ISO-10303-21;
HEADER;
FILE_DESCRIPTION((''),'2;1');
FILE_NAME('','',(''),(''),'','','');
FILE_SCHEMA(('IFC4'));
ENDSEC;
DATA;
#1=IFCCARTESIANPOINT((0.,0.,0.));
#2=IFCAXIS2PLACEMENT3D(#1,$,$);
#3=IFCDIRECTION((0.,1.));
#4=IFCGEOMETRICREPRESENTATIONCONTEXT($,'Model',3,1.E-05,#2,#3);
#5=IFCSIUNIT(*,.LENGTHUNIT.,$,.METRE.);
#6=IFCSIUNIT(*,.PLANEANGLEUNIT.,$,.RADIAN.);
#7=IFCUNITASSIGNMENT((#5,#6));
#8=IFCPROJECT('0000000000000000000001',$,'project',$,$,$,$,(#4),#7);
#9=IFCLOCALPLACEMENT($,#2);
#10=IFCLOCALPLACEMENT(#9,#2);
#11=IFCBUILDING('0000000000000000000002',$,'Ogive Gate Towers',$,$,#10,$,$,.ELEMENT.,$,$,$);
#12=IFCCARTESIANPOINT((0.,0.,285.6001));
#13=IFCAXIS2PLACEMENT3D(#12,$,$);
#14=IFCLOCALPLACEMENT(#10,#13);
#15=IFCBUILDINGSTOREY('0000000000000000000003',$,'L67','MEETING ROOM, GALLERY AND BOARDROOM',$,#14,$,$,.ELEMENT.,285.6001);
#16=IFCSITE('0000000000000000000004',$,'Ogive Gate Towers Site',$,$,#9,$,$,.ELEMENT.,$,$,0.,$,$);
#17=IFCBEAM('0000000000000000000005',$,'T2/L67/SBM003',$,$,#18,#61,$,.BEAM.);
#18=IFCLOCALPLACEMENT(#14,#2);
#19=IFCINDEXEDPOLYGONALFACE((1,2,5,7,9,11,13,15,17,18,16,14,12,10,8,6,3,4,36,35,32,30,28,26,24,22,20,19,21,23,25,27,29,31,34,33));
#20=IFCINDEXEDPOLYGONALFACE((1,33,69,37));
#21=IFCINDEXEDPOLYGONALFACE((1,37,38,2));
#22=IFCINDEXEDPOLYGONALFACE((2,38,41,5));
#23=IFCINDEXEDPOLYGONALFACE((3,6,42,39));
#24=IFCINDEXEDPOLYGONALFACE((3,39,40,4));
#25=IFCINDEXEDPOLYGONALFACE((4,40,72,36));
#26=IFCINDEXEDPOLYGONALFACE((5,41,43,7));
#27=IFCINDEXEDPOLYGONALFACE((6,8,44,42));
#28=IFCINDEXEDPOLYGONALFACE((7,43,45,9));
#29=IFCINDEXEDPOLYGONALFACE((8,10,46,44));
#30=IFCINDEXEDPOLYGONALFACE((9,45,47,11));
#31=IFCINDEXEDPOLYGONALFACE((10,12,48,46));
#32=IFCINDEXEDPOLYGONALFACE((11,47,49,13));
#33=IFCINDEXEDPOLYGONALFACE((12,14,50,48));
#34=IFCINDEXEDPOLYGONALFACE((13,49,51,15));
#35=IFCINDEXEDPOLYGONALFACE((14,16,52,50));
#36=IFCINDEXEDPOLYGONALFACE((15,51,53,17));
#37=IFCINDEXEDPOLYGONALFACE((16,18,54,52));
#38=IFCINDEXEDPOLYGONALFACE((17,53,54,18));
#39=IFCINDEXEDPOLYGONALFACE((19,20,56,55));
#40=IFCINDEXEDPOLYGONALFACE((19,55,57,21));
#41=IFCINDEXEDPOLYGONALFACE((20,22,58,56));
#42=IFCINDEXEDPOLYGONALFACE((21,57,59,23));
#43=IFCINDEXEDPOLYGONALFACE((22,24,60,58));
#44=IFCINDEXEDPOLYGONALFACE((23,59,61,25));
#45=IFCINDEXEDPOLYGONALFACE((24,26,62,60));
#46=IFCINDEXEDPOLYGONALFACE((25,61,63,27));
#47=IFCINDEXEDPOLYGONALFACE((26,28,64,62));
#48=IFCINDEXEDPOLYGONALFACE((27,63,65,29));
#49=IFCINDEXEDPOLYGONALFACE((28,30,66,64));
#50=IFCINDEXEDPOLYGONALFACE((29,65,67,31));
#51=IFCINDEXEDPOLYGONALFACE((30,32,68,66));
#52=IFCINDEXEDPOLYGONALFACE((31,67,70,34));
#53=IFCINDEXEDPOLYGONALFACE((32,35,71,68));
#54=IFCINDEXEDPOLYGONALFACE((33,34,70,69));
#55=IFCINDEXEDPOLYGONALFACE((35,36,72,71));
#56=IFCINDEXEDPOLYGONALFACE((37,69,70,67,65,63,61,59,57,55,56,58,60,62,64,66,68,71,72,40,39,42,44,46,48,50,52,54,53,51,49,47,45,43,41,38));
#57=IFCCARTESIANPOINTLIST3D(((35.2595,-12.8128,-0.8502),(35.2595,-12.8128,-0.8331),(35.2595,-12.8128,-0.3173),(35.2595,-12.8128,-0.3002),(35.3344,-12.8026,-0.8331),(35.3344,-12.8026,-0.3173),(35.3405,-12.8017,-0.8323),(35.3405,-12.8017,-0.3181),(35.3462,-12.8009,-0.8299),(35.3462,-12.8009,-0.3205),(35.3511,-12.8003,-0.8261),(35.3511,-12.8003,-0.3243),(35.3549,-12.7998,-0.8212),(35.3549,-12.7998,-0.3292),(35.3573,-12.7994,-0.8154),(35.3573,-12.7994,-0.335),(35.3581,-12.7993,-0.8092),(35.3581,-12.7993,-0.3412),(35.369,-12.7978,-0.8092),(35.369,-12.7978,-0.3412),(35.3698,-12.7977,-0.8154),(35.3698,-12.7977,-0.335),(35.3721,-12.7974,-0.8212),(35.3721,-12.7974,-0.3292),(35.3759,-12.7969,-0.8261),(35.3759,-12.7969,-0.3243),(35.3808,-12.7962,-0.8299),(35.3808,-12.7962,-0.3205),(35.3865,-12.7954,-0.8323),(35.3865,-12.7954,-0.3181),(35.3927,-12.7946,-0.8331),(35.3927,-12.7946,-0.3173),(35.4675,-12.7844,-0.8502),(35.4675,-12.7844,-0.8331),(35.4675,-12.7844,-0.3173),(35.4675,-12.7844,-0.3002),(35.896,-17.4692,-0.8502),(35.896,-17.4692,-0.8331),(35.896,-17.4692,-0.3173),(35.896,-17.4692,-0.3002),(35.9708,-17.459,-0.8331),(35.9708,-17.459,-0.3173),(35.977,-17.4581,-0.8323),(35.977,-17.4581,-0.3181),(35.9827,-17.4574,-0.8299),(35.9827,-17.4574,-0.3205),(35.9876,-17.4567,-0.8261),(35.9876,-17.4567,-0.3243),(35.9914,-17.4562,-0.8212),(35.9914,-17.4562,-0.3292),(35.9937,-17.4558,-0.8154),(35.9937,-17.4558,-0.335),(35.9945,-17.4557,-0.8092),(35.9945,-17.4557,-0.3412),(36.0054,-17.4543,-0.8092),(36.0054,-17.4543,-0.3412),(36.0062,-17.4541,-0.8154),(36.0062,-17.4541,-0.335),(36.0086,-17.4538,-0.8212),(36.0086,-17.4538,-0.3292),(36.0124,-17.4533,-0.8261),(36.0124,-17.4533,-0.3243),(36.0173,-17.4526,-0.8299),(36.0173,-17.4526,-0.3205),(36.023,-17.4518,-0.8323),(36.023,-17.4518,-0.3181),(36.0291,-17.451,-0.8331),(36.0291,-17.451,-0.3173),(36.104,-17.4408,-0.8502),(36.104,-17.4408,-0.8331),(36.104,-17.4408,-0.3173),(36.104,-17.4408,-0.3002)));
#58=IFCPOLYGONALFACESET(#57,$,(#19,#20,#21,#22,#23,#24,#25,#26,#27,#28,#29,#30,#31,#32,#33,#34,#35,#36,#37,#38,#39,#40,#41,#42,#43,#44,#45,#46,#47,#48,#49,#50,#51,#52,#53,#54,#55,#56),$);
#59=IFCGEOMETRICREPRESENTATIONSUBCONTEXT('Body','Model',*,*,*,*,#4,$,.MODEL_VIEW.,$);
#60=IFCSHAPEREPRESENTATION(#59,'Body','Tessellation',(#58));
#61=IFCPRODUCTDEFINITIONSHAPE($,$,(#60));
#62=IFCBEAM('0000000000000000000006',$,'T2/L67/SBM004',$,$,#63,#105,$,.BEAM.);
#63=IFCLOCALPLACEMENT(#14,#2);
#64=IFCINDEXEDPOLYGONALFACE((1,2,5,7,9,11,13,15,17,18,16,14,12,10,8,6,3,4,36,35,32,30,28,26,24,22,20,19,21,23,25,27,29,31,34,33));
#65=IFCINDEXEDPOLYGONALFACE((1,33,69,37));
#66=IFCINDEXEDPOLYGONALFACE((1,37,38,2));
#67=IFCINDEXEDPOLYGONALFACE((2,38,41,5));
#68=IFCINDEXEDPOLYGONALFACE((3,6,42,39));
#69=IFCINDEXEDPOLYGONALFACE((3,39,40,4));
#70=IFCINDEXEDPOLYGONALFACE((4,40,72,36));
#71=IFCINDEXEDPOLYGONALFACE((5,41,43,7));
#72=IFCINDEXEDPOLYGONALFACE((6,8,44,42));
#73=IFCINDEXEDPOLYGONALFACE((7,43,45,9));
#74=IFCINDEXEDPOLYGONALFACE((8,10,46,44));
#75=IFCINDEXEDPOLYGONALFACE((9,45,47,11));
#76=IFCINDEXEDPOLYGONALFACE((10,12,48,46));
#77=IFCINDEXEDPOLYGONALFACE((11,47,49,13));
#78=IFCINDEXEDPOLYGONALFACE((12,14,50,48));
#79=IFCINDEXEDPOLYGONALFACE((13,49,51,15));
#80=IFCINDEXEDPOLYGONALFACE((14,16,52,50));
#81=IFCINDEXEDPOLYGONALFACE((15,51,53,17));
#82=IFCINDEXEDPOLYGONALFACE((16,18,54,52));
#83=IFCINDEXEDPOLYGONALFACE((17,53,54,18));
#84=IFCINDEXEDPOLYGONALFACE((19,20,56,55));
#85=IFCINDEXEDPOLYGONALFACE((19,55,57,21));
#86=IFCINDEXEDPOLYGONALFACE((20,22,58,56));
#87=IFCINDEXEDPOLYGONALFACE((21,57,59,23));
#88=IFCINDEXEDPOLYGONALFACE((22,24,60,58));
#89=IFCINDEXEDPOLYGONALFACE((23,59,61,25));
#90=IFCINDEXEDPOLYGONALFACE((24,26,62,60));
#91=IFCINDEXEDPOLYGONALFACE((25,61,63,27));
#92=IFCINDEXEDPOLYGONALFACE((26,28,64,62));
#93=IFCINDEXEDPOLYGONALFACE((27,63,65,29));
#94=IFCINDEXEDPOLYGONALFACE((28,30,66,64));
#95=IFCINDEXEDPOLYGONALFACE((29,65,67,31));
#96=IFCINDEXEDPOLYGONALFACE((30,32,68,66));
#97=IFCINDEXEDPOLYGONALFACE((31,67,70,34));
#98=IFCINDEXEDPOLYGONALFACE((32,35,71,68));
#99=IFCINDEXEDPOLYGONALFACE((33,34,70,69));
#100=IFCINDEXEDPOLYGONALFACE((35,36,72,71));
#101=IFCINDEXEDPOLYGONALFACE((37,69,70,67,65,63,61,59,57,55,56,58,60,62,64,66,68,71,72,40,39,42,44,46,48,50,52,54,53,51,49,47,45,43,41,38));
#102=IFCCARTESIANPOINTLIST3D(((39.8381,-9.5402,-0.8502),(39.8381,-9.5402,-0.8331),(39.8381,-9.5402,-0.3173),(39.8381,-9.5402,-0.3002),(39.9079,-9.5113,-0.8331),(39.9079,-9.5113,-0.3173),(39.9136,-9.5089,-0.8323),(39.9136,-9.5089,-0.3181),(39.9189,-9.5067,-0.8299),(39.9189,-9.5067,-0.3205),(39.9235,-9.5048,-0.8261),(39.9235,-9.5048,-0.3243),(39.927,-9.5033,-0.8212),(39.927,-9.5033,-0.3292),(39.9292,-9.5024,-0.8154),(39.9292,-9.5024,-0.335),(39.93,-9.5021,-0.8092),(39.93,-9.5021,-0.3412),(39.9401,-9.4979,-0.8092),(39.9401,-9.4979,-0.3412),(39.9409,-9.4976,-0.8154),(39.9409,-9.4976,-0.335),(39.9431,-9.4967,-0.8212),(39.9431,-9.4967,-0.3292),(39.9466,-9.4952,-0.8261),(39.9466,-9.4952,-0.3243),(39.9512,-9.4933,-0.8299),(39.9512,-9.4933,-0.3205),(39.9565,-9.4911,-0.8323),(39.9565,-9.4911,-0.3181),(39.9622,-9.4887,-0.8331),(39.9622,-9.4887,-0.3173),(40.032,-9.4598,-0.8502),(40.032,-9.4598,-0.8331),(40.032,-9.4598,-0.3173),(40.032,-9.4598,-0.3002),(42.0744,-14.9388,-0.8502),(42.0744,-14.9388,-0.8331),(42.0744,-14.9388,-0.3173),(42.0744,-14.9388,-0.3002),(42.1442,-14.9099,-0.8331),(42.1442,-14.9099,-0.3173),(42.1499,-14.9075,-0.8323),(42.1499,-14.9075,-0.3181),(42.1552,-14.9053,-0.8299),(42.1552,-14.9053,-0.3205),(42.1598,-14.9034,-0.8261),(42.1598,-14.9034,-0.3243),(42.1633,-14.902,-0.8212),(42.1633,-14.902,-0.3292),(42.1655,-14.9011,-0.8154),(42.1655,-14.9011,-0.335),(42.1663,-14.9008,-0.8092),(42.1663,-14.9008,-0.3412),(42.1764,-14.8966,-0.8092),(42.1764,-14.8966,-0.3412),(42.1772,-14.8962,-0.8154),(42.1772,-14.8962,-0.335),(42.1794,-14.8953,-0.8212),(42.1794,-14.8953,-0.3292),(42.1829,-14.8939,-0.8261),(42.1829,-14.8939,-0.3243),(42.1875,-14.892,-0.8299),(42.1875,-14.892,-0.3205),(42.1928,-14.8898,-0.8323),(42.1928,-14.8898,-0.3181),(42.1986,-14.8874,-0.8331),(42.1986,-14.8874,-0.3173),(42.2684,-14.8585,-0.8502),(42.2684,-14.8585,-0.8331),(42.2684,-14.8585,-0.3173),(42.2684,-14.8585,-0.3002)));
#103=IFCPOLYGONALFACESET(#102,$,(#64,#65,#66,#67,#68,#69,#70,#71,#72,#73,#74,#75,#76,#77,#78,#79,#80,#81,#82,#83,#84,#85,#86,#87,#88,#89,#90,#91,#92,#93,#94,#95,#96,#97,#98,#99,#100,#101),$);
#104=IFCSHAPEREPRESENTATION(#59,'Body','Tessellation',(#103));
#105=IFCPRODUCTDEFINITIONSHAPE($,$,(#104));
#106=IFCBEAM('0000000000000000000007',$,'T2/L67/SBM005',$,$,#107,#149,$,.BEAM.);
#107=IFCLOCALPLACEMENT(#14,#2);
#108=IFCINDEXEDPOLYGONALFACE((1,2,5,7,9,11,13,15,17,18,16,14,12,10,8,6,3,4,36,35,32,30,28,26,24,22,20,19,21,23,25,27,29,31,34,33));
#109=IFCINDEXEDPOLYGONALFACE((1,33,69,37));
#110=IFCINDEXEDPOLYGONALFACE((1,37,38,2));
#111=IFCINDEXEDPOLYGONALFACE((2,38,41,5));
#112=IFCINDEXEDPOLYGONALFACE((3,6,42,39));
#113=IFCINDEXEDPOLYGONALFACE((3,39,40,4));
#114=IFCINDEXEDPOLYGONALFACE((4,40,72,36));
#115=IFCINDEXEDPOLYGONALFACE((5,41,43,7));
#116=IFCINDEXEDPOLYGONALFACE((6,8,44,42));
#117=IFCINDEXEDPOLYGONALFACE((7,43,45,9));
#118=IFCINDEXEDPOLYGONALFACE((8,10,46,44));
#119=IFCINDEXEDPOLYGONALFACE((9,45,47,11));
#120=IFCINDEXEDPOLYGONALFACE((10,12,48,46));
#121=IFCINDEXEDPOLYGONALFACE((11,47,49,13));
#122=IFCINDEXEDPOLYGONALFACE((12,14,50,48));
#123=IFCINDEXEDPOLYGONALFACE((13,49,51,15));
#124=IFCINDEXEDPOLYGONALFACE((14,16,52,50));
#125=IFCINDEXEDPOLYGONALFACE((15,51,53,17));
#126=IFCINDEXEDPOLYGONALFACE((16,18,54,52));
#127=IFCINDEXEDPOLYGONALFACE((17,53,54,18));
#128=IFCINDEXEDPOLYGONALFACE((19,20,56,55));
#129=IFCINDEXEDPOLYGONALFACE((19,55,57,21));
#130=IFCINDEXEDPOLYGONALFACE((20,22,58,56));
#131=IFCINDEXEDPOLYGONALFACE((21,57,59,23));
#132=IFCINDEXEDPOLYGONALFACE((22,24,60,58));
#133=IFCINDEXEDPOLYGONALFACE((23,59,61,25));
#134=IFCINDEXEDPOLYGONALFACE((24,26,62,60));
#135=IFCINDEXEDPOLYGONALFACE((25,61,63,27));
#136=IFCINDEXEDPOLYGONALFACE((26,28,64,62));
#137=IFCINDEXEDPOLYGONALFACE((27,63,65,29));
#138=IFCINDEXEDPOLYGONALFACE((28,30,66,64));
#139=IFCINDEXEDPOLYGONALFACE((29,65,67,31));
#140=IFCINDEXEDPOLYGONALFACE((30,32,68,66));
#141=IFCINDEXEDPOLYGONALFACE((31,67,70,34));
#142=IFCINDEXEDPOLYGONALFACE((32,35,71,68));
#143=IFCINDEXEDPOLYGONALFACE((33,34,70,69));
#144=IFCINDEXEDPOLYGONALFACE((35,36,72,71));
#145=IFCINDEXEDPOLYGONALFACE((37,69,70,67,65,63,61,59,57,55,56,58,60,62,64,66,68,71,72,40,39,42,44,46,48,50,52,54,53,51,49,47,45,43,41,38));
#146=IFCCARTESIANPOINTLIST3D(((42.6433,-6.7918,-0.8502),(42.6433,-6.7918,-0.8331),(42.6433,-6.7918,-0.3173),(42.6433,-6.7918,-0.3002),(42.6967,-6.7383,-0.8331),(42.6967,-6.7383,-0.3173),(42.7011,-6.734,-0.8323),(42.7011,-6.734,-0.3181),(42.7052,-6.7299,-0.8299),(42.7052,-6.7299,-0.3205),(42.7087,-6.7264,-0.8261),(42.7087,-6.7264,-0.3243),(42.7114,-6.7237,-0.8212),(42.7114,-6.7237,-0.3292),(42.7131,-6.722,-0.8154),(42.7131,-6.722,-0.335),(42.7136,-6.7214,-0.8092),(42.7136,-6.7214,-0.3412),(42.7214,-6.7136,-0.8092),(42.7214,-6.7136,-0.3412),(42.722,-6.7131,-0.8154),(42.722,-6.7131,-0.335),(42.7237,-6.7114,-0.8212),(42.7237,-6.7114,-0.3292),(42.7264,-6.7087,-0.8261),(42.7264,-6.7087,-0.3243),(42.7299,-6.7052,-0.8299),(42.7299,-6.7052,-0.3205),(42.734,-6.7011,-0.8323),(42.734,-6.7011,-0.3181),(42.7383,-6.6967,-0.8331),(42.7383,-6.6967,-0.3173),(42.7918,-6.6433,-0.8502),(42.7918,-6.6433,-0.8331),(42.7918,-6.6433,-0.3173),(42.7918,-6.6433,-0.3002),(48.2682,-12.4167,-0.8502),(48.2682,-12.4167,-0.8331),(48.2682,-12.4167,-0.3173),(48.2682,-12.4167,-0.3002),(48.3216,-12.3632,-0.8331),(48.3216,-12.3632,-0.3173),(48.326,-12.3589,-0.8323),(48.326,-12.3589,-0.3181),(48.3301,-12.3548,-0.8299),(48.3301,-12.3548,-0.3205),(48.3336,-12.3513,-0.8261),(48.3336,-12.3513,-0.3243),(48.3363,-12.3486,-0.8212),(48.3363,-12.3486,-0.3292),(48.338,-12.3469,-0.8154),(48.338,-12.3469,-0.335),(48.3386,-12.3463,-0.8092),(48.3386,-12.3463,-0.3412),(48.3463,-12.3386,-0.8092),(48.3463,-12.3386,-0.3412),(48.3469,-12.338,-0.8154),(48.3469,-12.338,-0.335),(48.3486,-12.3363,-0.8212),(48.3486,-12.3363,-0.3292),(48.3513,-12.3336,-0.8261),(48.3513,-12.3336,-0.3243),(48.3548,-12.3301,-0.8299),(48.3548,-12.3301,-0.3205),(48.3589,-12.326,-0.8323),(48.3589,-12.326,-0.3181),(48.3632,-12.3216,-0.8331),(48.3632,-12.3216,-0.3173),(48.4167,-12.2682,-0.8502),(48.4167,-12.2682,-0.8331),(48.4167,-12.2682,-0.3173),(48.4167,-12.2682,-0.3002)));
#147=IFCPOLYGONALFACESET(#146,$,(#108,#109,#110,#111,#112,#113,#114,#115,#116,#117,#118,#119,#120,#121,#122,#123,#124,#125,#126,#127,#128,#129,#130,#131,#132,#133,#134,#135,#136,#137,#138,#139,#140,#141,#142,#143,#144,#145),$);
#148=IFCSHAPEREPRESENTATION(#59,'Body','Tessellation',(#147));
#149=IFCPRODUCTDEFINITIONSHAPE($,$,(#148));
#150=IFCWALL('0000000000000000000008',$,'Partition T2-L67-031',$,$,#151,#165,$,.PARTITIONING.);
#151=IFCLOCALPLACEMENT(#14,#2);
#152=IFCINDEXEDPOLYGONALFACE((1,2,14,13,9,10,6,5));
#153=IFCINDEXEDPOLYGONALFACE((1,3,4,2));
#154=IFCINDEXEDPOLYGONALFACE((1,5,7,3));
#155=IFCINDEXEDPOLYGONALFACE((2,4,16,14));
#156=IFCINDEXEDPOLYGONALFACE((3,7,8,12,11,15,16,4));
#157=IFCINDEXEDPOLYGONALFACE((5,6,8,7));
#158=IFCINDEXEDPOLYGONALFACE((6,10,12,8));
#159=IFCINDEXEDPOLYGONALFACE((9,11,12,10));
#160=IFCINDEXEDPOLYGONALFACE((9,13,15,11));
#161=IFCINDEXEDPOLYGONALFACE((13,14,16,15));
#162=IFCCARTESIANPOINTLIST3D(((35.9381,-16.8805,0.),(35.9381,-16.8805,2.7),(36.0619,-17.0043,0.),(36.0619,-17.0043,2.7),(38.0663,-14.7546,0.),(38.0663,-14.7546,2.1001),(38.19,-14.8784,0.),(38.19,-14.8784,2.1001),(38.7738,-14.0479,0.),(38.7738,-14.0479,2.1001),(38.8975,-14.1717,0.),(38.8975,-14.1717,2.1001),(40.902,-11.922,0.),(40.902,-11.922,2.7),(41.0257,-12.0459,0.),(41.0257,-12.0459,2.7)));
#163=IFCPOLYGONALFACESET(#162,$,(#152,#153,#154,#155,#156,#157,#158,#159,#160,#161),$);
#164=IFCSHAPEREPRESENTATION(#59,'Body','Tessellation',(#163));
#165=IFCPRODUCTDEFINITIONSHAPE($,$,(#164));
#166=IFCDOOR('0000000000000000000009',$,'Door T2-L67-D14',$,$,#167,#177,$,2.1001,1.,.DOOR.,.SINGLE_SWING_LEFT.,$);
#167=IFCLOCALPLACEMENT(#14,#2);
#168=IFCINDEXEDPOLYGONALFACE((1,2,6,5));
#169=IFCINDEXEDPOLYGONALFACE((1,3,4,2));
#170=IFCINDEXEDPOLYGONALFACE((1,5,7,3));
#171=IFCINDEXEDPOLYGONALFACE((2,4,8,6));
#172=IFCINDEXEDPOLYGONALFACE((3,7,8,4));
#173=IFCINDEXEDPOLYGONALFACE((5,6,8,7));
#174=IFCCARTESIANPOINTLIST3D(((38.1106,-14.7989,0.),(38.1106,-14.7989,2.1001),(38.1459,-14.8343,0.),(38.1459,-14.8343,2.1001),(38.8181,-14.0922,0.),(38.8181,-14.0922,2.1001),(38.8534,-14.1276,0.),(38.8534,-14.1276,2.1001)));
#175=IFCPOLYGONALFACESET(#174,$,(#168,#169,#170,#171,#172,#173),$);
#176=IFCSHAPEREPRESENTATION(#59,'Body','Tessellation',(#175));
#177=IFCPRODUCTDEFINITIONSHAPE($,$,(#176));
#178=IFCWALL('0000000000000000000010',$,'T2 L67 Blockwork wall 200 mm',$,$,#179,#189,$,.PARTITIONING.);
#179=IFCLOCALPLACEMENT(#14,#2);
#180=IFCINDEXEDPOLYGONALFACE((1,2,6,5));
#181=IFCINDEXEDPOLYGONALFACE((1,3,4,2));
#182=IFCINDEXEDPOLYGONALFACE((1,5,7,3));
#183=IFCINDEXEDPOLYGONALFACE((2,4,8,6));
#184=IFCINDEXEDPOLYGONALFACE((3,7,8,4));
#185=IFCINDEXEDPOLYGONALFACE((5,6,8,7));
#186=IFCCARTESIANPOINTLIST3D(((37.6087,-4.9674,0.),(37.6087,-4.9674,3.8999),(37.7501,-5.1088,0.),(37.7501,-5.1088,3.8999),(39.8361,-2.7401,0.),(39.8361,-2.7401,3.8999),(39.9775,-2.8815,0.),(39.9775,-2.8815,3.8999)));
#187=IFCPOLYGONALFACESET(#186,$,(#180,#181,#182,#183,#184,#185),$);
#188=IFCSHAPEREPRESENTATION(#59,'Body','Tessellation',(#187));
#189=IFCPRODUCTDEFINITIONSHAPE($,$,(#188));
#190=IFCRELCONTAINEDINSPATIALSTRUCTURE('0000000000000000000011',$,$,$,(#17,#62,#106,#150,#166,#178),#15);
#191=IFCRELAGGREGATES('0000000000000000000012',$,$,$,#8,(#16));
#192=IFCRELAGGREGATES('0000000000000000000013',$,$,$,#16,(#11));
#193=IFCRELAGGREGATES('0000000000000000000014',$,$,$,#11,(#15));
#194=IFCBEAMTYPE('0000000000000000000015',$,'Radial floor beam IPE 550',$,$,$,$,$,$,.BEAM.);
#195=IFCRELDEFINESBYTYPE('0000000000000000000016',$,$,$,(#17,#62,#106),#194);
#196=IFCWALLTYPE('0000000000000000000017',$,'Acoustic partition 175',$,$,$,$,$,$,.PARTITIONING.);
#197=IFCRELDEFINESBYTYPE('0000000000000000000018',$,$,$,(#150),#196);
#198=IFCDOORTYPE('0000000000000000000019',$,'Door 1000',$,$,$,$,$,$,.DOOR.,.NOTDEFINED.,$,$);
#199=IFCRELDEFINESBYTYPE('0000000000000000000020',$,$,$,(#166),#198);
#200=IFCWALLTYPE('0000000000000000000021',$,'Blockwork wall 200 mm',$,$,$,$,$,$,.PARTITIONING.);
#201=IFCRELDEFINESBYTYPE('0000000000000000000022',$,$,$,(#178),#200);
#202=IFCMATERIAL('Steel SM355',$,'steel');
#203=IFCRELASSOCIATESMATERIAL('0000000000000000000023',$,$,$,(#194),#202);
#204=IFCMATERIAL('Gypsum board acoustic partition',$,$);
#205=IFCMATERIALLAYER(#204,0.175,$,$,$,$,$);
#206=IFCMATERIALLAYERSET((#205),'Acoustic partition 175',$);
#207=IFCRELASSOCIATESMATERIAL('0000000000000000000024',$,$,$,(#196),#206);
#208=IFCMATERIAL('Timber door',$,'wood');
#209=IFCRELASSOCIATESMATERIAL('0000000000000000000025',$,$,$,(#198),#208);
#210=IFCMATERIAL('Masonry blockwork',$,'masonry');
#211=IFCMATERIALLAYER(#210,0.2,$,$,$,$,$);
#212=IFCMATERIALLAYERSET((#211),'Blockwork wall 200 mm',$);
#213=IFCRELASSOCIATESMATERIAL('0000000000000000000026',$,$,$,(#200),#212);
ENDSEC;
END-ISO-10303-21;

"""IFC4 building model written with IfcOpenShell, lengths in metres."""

from ifc_helpers import new_model, si_unit, direction, frame, frame_2d, origin, origin_2d, place, context, subcontext, project, spatial, rectangle, i_section, extrude, material, layer, layer_set, material_profile, profile_set, type_object, element, fill, save


model = new_model("IFC4")

# Units and contexts
model_context = context("Model", 3, precision=1e-05, world=origin(), true_north=direction((0.0, 1.0)))
body_context = subcontext(model_context, "Body", "Model", "MODEL_VIEW")
ifc_project = project(units=[si_unit("LENGTHUNIT", "METRE"), si_unit("PLANEANGLEUNIT", "RADIAN")], contexts=[model_context])

# Site, building, storey
site_placement = place(None, origin())
site = spatial("IfcSite", under=ifc_project, at=site_placement, Name="Ogive Gate Towers Site", CompositionType="ELEMENT", RefElevation=0.0)
building_placement = place(site_placement, origin())
building = spatial("IfcBuilding", under=site, at=building_placement, Name="Ogive Gate Towers", CompositionType="ELEMENT")
storey_placement = place(building_placement, frame((0.0, 0.0, 285.6001)))
storey = spatial("IfcBuildingStorey", under=building, at=storey_placement, Name="L67", Description="MEETING ROOM, GALLERY AND BOARDROOM", CompositionType="ELEMENT", Elevation=285.6001)

# Beams
ifc_material_1 = material(Name="Steel SM355", Category="steel")
ifc_material_profile = material_profile(ifc_material_1, i_section(OverallWidth=0.21, OverallDepth=0.55, WebThickness=0.011, FlangeThickness=0.0171, FilletRadius=0.0239, at=origin_2d()), Name="IPE 550")
ifc_profile_set = profile_set([ifc_material_profile], Name="Steel SM355")
beam_type = type_object("IfcBeamType", Name="Radial floor beam IPE 550", PredefinedType="BEAM", material=ifc_profile_set)
beam_1_placement = place(storey_placement, frame((35.3635, -12.7986, -0.5752), z_axis=(0.135426, -0.990787, 0.0), x_axis=(0.990787, 0.135426, 0.0)))
element("IfcBeam", 1, at=beam_1_placement, inside=storey, type_object=beam_type, Name="T2/L67/SBM003", PredefinedType="BEAM", context=body_context, shape_type="SweptSolid", body=[
    extrude(i_section(OverallWidth=0.21, OverallDepth=0.55, WebThickness=0.011, FlangeThickness=0.0171, FilletRadius=0.0239, at=origin_2d()), origin(), (0.0, 0.0, 1.0), 4.6997),
])
beam_2_placement = place(storey_placement, frame((39.9351, -9.5, -0.5752), z_axis=(0.382701, -0.923872, 0.0), x_axis=(0.923872, 0.382701, 0.0)))
element("IfcBeam", 2, at=beam_2_placement, inside=storey, type_object=beam_type, Name="T2/L67/SBM004", PredefinedType="BEAM", context=body_context, shape_type="SweptSolid", body=[
    extrude(i_section(OverallWidth=0.21, OverallDepth=0.55, WebThickness=0.011, FlangeThickness=0.0171, FilletRadius=0.0239, at=origin_2d()), origin(), (0.0, 0.0, 1.0), 5.8435),
])
beam_3_placement = place(storey_placement, frame((42.7175, -6.7175, -0.5752), z_axis=(0.707107, -0.707107, 0.0), x_axis=(0.707107, 0.707107, 0.0)))
element("IfcBeam", 3, at=beam_3_placement, inside=storey, type_object=beam_type, Name="T2/L67/SBM005", PredefinedType="BEAM", context=body_context, shape_type="SweptSolid", body=[
    extrude(i_section(OverallWidth=0.21, OverallDepth=0.55, WebThickness=0.011, FlangeThickness=0.0171, FilletRadius=0.0239, at=origin_2d()), origin(), (0.0, 0.0, 1.0), 7.9548),
])

# Wall, opening, door
ifc_material_2 = material(Name="Gypsum board acoustic partition")
ifc_layer_1 = layer(ifc_material_2, 0.175)
ifc_layer_set_1 = layer_set([ifc_layer_1], Name="Acoustic partition 175")
wall_type_1 = type_object("IfcWallType", Name="Acoustic partition 175", PredefinedType="PARTITIONING", material=ifc_layer_set_1)
wall_1_placement = place(storey_placement, frame((36.0, -16.9424, 0.0), z_axis=(0.0, 0.0, 1.0), x_axis=(0.707489, 0.706724, 0.0)))
wall_1 = element("IfcWall", 4, at=wall_1_placement, inside=storey, type_object=wall_type_1, Name="Partition T2-L67-031", PredefinedType="PARTITIONING", context=body_context, shape_type="SweptSolid", body=[
    extrude(rectangle(XDim=7.0161, YDim=0.175, at=frame_2d((3.5081, 0.0))), origin(), (0.0, 0.0, 1.0), 2.7),
])
opening_1_placement = place(wall_1_placement, frame((3.0081, 0.0, 0.0)))
opening_1 = element("IfcOpeningElement", 5, at=opening_1_placement, cuts=wall_1, PredefinedType="OPENING", context=body_context, shape_type="SweptSolid", body=[
    extrude(rectangle(XDim=1.0, YDim=2.1001, at=frame_2d((0.5, 1.05))), frame((0.0, 0.0977, 0.0), z_axis=(0.0, -1.0, 0.0), x_axis=(1.0, 0.0, 0.0)), (0.0, 0.0, 1.0), 0.1951),
])
ifc_material_3 = material(Name="Timber door", Category="wood")
door_type_1 = type_object("IfcDoorType", Name="Door 1000", OperationType="NOTDEFINED", PredefinedType="DOOR", material=ifc_material_3)
door_1_placement = place(opening_1_placement, origin())
door_1 = element("IfcDoor", 6, at=door_1_placement, inside=storey, type_object=door_type_1, Name="Door T2-L67-D14", OperationType="SINGLE_SWING_LEFT", OverallHeight=2.1001, OverallWidth=1.0, PredefinedType="DOOR", context=body_context, shape_type="SweptSolid", body=[
    extrude(rectangle(XDim=1.0, YDim=2.1001, at=frame_2d((0.5, 1.05))), frame((0.0, 0.0249, 0.0), z_axis=(0.0, -1.0, 0.0), x_axis=(1.0, 0.0, 0.0)), (0.0, 0.0, 1.0), 0.05),
])
fill(opening_1, door_1)

# Wall
ifc_material_4 = material(Name="Masonry blockwork", Category="masonry")
ifc_layer_2 = layer(ifc_material_4, 0.2)
ifc_layer_set_2 = layer_set([ifc_layer_2], Name="Blockwork wall 200 mm")
wall_type_2 = type_object("IfcWallType", Name="Blockwork wall 200 mm", PredefinedType="PARTITIONING", material=ifc_layer_set_2)
wall_2_placement = place(storey_placement, frame((37.6794, -5.0381, 0.0), z_axis=(0.0, 0.0, 1.0), x_axis=(0.707107, 0.707107, 0.0)))
element("IfcWall", 7, at=wall_2_placement, inside=storey, type_object=wall_type_2, Name="T2 L67 Blockwork wall 200 mm", PredefinedType="PARTITIONING", context=body_context, shape_type="SweptSolid", body=[
    extrude(rectangle(XDim=3.1499, YDim=0.2, at=frame_2d((1.575, 0.0))), origin(), (0.0, 0.0, 1.0), 3.8999),
])

save(model, "model.ifc")
